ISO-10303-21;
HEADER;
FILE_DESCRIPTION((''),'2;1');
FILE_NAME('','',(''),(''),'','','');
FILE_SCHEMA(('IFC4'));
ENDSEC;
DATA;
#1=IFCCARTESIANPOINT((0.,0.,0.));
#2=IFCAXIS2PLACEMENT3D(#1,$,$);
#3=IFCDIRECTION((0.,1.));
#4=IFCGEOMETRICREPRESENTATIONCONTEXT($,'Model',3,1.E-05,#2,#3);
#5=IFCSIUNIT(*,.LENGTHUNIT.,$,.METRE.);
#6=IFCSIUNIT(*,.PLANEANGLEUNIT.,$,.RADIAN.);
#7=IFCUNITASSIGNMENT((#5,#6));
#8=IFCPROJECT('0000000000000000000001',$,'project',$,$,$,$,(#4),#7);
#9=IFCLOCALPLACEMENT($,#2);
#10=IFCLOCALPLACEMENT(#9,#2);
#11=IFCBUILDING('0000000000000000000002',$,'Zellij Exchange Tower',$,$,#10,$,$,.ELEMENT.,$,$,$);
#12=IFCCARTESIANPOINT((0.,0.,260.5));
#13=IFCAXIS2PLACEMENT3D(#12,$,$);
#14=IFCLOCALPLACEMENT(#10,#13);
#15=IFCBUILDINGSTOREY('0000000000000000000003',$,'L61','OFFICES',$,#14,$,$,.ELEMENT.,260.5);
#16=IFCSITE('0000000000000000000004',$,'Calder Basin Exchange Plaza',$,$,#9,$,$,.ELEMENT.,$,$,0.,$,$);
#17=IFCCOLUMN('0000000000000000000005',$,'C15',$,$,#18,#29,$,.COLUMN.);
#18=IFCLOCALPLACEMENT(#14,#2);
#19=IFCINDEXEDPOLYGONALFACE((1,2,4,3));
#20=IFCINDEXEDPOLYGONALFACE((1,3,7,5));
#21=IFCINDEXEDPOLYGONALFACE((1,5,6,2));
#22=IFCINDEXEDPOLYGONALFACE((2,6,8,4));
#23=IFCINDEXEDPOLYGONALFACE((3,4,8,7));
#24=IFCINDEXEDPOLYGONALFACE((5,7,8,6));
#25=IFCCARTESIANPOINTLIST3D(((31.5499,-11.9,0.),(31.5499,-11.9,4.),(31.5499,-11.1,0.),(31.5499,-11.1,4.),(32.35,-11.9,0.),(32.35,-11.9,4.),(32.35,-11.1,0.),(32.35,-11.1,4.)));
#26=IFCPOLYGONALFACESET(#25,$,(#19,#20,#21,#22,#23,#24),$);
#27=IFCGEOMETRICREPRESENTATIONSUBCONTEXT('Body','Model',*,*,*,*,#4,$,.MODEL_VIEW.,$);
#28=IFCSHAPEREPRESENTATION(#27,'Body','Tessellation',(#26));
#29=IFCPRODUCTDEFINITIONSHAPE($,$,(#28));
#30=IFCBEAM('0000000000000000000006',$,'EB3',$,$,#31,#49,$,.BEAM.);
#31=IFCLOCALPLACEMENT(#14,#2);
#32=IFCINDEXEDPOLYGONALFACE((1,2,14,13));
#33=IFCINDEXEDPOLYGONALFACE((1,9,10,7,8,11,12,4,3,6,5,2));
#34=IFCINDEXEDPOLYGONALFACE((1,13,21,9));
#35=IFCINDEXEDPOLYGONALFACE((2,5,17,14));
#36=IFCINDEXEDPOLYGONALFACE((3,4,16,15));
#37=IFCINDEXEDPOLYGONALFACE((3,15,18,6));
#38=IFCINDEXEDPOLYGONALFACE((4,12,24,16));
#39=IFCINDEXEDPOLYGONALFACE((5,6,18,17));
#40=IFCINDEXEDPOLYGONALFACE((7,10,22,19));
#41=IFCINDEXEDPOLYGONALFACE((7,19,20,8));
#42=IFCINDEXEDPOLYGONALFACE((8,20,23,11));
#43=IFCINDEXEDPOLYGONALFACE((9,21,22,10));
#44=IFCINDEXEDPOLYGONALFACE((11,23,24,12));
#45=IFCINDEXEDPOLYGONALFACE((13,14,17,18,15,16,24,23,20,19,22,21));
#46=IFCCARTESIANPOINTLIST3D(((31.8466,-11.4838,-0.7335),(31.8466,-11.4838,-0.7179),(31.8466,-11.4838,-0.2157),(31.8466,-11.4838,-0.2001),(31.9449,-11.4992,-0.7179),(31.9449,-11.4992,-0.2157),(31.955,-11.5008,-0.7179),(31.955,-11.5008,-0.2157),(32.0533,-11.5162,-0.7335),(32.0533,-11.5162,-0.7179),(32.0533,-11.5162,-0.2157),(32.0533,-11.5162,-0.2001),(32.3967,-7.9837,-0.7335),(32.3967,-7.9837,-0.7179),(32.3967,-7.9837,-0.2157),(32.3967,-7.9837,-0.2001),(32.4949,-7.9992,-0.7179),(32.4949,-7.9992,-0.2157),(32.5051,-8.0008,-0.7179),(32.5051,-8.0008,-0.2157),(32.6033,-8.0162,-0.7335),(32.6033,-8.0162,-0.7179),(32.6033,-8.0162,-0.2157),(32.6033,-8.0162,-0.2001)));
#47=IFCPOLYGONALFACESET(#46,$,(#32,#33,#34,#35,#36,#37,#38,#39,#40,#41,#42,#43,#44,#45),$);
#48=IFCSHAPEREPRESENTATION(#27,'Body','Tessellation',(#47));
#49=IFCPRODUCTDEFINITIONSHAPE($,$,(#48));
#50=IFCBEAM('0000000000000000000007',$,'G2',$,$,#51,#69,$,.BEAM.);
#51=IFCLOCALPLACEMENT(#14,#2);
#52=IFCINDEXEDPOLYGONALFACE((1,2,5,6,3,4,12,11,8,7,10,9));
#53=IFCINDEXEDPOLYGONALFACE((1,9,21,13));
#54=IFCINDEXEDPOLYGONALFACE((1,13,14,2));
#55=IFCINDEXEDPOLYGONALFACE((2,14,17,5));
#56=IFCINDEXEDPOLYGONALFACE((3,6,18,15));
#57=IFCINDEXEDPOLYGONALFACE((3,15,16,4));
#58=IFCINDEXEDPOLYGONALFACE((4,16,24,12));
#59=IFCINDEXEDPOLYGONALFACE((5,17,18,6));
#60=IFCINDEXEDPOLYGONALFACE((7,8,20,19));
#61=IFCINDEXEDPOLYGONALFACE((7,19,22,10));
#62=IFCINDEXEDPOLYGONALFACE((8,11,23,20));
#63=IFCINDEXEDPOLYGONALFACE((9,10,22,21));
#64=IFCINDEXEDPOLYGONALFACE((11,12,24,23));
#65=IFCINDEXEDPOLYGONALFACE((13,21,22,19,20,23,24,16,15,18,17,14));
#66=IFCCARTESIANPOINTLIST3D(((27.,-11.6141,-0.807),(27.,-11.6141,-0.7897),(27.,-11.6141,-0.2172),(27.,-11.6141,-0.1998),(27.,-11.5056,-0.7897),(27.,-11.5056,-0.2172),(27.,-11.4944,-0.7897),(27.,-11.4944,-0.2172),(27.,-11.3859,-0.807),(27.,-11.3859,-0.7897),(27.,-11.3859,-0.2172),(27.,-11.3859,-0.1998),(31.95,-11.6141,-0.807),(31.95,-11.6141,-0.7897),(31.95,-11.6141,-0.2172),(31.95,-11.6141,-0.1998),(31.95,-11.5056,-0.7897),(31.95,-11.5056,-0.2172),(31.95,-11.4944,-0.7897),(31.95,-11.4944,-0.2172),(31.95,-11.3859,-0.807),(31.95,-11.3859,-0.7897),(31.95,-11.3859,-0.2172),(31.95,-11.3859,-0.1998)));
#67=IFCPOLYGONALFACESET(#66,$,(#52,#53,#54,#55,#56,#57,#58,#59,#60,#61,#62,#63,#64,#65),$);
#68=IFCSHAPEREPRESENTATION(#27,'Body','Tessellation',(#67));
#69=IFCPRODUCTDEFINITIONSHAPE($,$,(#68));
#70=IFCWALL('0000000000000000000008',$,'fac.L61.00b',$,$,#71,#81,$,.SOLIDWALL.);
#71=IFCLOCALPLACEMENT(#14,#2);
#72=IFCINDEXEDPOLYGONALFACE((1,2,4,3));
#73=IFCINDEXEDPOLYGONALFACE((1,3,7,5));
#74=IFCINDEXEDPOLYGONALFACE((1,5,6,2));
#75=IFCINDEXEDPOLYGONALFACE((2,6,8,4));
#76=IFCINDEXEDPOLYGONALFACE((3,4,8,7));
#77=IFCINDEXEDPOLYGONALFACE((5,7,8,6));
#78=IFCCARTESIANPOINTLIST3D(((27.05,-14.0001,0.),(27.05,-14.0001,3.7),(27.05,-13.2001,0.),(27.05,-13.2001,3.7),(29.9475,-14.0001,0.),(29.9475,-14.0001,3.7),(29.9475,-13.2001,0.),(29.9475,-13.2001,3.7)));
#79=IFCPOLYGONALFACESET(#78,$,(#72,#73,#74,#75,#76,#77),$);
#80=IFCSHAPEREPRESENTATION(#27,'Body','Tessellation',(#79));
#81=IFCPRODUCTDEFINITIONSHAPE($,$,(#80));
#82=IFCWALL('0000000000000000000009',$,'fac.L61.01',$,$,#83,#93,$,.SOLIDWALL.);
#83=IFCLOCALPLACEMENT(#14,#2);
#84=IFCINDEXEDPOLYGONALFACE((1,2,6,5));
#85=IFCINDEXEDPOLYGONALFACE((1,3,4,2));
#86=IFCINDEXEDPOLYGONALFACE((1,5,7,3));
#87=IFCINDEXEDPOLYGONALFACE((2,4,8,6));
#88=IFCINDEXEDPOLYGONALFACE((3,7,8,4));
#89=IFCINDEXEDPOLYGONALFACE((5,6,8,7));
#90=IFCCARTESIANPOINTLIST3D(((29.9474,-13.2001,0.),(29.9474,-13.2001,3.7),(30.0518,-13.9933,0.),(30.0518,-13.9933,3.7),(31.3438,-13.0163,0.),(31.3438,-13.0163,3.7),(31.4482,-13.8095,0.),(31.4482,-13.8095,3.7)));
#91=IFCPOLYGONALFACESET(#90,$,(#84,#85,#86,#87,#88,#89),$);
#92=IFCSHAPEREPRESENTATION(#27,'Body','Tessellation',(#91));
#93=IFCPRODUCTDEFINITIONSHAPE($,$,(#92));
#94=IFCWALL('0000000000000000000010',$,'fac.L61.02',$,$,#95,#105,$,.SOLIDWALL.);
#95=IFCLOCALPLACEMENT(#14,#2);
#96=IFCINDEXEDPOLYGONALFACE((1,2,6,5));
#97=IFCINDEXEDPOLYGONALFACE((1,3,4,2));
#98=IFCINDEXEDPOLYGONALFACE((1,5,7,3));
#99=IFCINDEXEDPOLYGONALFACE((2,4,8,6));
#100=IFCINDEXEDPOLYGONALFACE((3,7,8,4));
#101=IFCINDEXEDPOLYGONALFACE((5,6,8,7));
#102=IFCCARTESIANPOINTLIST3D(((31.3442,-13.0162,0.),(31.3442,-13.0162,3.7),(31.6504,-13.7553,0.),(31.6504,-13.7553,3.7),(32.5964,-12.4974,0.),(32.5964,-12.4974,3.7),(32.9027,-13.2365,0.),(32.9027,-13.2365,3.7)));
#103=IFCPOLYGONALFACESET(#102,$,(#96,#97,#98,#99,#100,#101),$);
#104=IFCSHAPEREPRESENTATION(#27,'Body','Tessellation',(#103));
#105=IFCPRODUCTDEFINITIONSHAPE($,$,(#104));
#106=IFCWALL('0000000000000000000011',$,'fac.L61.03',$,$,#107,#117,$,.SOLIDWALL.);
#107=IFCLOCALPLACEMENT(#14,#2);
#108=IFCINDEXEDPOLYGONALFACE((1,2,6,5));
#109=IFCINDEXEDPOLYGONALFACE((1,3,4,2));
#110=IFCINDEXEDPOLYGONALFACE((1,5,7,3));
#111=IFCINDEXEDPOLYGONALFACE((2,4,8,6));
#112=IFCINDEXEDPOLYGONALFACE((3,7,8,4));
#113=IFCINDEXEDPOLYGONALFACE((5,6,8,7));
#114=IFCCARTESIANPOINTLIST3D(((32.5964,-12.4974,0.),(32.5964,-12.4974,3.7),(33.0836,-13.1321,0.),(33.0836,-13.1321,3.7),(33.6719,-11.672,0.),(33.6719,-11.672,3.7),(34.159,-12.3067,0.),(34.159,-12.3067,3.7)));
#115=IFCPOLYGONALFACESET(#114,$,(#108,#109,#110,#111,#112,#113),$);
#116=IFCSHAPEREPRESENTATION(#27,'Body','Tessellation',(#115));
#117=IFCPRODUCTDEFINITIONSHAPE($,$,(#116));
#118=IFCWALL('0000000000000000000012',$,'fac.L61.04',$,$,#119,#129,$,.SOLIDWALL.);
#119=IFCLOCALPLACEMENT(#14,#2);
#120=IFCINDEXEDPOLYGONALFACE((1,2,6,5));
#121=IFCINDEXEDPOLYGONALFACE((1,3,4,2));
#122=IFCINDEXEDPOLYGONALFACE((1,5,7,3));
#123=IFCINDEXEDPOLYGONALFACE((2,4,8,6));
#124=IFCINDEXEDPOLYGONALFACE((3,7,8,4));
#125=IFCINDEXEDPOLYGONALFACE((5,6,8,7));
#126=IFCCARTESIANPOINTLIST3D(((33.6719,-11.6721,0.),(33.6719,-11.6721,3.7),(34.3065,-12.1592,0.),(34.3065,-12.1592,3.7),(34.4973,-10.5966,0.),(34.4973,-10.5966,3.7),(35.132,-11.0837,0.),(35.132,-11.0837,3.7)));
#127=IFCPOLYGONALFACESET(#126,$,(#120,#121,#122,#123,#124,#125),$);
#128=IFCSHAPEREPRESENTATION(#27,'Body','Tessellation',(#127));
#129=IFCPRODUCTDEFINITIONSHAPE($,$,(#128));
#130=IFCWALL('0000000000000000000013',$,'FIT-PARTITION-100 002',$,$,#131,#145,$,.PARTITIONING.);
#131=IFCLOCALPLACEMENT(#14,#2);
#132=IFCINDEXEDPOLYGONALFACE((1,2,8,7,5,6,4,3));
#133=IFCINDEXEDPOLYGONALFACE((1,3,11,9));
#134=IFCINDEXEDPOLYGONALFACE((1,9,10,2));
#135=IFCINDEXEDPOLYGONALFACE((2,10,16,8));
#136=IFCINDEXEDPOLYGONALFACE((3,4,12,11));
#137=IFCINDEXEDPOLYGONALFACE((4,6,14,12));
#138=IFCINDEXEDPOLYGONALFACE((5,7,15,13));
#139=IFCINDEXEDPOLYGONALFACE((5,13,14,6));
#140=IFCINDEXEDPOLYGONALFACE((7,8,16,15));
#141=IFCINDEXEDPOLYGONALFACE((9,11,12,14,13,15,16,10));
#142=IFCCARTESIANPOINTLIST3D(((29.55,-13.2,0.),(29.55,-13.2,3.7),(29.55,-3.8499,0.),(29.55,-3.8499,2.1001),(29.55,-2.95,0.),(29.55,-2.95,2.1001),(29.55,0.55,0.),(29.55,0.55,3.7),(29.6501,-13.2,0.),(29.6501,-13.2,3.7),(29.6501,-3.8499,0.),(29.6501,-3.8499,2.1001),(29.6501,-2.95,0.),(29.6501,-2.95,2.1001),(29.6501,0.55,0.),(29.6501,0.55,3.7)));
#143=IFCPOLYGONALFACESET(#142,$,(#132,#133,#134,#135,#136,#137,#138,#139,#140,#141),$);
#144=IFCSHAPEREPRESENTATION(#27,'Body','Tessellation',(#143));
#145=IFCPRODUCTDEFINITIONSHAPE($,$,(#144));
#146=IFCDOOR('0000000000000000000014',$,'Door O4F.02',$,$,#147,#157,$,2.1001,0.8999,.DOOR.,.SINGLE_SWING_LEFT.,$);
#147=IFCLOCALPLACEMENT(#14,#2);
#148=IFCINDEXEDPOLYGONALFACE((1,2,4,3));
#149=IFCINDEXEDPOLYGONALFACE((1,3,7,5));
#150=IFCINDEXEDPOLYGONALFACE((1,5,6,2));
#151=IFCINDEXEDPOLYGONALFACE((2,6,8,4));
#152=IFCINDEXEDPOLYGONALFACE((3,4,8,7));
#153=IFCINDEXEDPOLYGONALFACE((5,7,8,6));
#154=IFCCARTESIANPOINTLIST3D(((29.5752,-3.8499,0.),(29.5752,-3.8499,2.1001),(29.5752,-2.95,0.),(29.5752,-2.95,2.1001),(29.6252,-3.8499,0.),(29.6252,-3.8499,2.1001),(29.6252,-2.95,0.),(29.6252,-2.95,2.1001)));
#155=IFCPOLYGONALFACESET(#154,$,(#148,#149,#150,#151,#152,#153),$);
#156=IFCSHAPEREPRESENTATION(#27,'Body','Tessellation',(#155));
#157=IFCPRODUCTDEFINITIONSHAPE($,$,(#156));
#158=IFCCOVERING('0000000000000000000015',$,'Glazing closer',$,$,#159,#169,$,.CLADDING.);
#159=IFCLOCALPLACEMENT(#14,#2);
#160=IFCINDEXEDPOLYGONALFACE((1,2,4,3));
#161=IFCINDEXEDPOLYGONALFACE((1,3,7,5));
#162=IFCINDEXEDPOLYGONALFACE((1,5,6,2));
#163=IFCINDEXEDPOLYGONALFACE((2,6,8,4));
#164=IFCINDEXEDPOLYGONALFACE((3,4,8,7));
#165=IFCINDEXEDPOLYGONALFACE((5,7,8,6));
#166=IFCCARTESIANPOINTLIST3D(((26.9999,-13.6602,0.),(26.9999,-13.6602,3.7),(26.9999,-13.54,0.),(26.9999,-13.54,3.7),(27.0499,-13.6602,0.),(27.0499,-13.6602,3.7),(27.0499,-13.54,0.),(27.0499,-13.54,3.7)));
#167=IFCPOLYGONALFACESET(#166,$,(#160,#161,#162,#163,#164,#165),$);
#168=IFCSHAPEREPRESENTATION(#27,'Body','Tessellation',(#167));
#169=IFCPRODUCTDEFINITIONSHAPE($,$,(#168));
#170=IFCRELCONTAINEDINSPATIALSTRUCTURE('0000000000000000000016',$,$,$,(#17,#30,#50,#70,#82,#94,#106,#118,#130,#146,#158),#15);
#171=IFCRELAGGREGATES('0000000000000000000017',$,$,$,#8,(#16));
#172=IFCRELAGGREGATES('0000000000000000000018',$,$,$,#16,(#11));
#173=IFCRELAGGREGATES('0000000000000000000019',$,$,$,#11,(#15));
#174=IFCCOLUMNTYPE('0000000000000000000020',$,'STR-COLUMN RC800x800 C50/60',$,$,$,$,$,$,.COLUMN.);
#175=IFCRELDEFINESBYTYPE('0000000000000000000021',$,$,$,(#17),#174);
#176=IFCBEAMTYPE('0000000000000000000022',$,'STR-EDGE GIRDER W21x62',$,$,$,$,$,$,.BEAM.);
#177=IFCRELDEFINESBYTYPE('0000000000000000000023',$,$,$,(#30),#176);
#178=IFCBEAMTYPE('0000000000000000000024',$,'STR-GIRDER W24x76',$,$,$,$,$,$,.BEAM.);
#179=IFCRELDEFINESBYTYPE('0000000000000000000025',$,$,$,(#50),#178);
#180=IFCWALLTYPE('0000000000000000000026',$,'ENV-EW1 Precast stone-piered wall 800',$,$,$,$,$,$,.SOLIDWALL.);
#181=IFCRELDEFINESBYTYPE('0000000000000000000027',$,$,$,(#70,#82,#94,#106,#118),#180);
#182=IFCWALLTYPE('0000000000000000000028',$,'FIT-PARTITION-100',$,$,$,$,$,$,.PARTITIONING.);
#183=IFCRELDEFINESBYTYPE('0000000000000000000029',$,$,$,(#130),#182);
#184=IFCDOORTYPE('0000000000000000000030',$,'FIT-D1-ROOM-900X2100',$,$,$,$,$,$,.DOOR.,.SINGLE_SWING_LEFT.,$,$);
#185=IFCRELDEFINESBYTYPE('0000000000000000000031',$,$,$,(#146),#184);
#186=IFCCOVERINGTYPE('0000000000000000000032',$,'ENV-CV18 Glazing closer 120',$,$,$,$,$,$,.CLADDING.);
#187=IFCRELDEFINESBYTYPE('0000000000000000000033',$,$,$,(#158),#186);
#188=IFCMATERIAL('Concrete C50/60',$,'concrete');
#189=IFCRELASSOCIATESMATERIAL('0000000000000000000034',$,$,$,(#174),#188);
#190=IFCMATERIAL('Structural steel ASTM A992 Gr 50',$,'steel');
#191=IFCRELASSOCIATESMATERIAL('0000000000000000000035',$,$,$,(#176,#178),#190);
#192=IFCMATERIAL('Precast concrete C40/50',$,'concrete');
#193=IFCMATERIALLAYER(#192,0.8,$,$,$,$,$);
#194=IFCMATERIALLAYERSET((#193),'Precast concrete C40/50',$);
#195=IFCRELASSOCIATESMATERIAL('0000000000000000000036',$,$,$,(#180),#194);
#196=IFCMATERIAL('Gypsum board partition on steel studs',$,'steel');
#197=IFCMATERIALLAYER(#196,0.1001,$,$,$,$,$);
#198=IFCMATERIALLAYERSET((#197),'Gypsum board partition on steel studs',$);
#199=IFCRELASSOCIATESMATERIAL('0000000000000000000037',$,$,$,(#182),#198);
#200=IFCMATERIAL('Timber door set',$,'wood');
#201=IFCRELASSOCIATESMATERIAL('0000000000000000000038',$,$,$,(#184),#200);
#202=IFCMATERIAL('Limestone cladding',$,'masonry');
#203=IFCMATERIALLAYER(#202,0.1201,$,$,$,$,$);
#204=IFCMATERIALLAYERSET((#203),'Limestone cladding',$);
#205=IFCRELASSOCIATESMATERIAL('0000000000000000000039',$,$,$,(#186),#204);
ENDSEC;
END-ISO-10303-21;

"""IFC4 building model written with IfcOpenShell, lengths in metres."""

from ifc_helpers import new_model, si_unit, direction, frame, frame_2d, origin, origin_2d, place, context, subcontext, project, spatial, rectangle, i_section, extrude, material, layer, layer_set, material_profile, profile_set, type_object, element, fill, save


model = new_model("IFC4")

# Units and contexts
model_context = context("Model", 3, precision=1e-05, world=origin(), true_north=direction((0.0, 1.0)))
body_context = subcontext(model_context, "Body", "Model", "MODEL_VIEW")
ifc_project = project(units=[si_unit("LENGTHUNIT", "METRE"), si_unit("PLANEANGLEUNIT", "RADIAN")], contexts=[model_context])

# Site, building, storey
site_placement = place(None, origin())
site = spatial("IfcSite", under=ifc_project, at=site_placement, Name="Calder Basin Exchange Plaza", CompositionType="ELEMENT", RefElevation=0.0)
building_placement = place(site_placement, origin())
building = spatial("IfcBuilding", under=site, at=building_placement, Name="Zellij Exchange Tower", CompositionType="ELEMENT")
storey_placement = place(building_placement, frame((0.0, 0.0, 260.5)))
storey = spatial("IfcBuildingStorey", under=building, at=storey_placement, Name="L61", Description="OFFICES", CompositionType="ELEMENT", Elevation=260.5)

# Column
ifc_material_1 = material(Name="Concrete C50/60", Category="concrete")
ifc_material_profile_1 = material_profile(ifc_material_1, rectangle(XDim=0.8, YDim=0.8, at=origin_2d()), Name="STR-COLUMN RC800x800 C50/60")
ifc_profile_set_1 = profile_set([ifc_material_profile_1], Name="Concrete C50/60")
column_type = type_object("IfcColumnType", Name="STR-COLUMN RC800x800 C50/60", PredefinedType="COLUMN", material=ifc_profile_set_1)
column_placement = place(storey_placement, frame((31.95, -11.5, 0.0), z_axis=(0.0, 0.0, 1.0), x_axis=(1.0, 0.0, 0.0)))
element("IfcColumn", 1, at=column_placement, inside=storey, type_object=column_type, Name="C15", PredefinedType="COLUMN", context=body_context, shape_type="SweptSolid", body=[
    extrude(rectangle(XDim=0.8, YDim=0.8, at=origin_2d()), origin(), (0.0, 0.0, 1.0), 4.0),
])

# Beams
ifc_material_2 = material(Name="Structural steel ASTM A992 Gr 50", Category="steel")
ifc_material_profile_2 = material_profile(ifc_material_2, i_section(OverallWidth=0.2092, OverallDepth=0.5334, WebThickness=0.0103, FlangeThickness=0.0156, at=origin_2d()), Name="W21x62")
ifc_profile_set_2 = profile_set([ifc_material_profile_2], Name="Structural steel ASTM A992 Gr 50")
beam_type_1 = type_object("IfcBeamType", Name="STR-EDGE GIRDER W21x62", PredefinedType="BEAM", material=ifc_profile_set_2)
beam_1_placement = place(storey_placement, frame((31.95, -11.5, -0.4668), z_axis=(0.155251, 0.987875, 0.0), x_axis=(-0.987875, 0.155251, 0.0)))
element("IfcBeam", 2, at=beam_1_placement, inside=storey, type_object=beam_type_1, Name="EB3", PredefinedType="BEAM", context=body_context, shape_type="SweptSolid", body=[
    extrude(i_section(OverallWidth=0.2092, OverallDepth=0.5334, WebThickness=0.0103, FlangeThickness=0.0156, at=origin_2d()), origin(), (0.0, 0.0, 1.0), 3.543),
])
ifc_material_profile_3 = material_profile(ifc_material_2, i_section(OverallWidth=0.2283, OverallDepth=0.6072, WebThickness=0.0112, FlangeThickness=0.0173, at=origin_2d()), Name="W24x76")
ifc_profile_set_3 = profile_set([ifc_material_profile_3], Name="Structural steel ASTM A992 Gr 50")
beam_type_2 = type_object("IfcBeamType", Name="STR-GIRDER W24x76", PredefinedType="BEAM", material=ifc_profile_set_3)
beam_2_placement = place(storey_placement, frame((27.0, -11.5, -0.5034), z_axis=(1.0, 0.0, 0.0), x_axis=(0.0, 1.0, 0.0)))
element("IfcBeam", 3, at=beam_2_placement, inside=storey, type_object=beam_type_2, Name="G2", PredefinedType="BEAM", context=body_context, shape_type="SweptSolid", body=[
    extrude(i_section(OverallWidth=0.2283, OverallDepth=0.6072, WebThickness=0.0112, FlangeThickness=0.0173, at=origin_2d()), origin(), (0.0, 0.0, 1.0), 4.95),
])

# Walls
ifc_material_3 = material(Name="Precast concrete C40/50", Category="concrete")
ifc_layer_1 = layer(ifc_material_3, 0.8)
ifc_layer_set_1 = layer_set([ifc_layer_1], Name="Precast concrete C40/50")
wall_type_1 = type_object("IfcWallType", Name="ENV-EW1 Precast stone-piered wall 800", PredefinedType="SOLIDWALL", material=ifc_layer_set_1)
wall_1_placement = place(storey_placement, frame((27.05, -13.6001, 0.0), z_axis=(0.0, 0.0, 1.0), x_axis=(1.0, 0.0, 0.0)))
element("IfcWall", 4, at=wall_1_placement, inside=storey, type_object=wall_type_1, Name="fac.L61.00b", PredefinedType="SOLIDWALL", context=body_context, shape_type="SweptSolid", body=[
    extrude(rectangle(XDim=2.8975, YDim=0.8, at=frame_2d((1.4487, 0.0))), origin(), (0.0, 0.0, 1.0), 3.7),
])
wall_2_placement = place(storey_placement, frame((29.9998, -13.5967, 0.0), z_axis=(0.0, 0.0, 1.0), x_axis=(0.991446, 0.130517, 0.0)))
element("IfcWall", 5, at=wall_2_placement, inside=storey, type_object=wall_type_1, Name="fac.L61.01", PredefinedType="SOLIDWALL", context=body_context, shape_type="SweptSolid", body=[
    extrude(rectangle(XDim=1.4084, YDim=0.8, at=frame_2d((0.7041, 0.0))), origin(), (0.0, 0.0, 1.0), 3.7),
])
wall_3_placement = place(storey_placement, frame((31.4973, -13.3857, 0.0), z_axis=(0.0, 0.0, 1.0), x_axis=(0.923848, 0.38276, 0.0)))
element("IfcWall", 6, at=wall_3_placement, inside=storey, type_object=wall_type_1, Name="fac.L61.02", PredefinedType="SOLIDWALL", context=body_context, shape_type="SweptSolid", body=[
    extrude(rectangle(XDim=1.3555, YDim=0.8, at=frame_2d((0.6777, 0.0))), origin(), (0.0, 0.0, 1.0), 3.7),
])
for number, where, z_axis, x_axis, name in (
    (7, (32.8401, -12.8147, 0.0), (0.0, 0.0, 1.0), (0.793273, 0.608866, 0.0), "fac.L61.03"),
    (8, (33.9893, -11.9155, 0.0), (0.0, 0.0, 1.0), (0.608866, 0.793273, 0.0), "fac.L61.04"),
):
    element("IfcWall", number, at=place(storey_placement, frame(where, z_axis=z_axis, x_axis=x_axis)), inside=storey, type_object=wall_type_1, Name=name, PredefinedType="SOLIDWALL", context=body_context, shape_type="SweptSolid", body=[
        extrude(rectangle(XDim=1.3557, YDim=0.8, at=frame_2d((0.6777, 0.0))), origin(), (0.0, 0.0, 1.0), 3.7),
    ])

# Wall, opening, door
ifc_material_4 = material(Name="Gypsum board partition on steel studs", Category="steel")
ifc_layer_2 = layer(ifc_material_4, 0.1001)
ifc_layer_set_2 = layer_set([ifc_layer_2], Name="Gypsum board partition on steel studs")
wall_type_2 = type_object("IfcWallType", Name="FIT-PARTITION-100", PredefinedType="PARTITIONING", material=ifc_layer_set_2)
wall_4_placement = place(storey_placement, frame((29.6001, -13.2, 0.0), z_axis=(0.0, 0.0, 1.0), x_axis=(0.0, 1.0, 0.0)))
wall_4 = element("IfcWall", 9, at=wall_4_placement, inside=storey, type_object=wall_type_2, Name="FIT-PARTITION-100 002", PredefinedType="PARTITIONING", context=body_context, shape_type="SweptSolid", body=[
    extrude(rectangle(XDim=13.75, YDim=0.1001, at=frame_2d((6.875, 0.0))), origin(), (0.0, 0.0, 1.0), 3.7),
])
opening_placement = place(wall_4_placement, frame((9.3501, 0.0, 0.0)))
opening = element("IfcOpeningElement", 10, at=opening_placement, cuts=wall_4, PredefinedType="OPENING", context=body_context, shape_type="SweptSolid", body=[
    extrude(rectangle(XDim=0.8999, YDim=2.1001, at=frame_2d((0.45, 1.05))), frame((0.0, 0.062, 0.0), z_axis=(0.0, -1.0, 0.0), x_axis=(1.0, 0.0, 0.0)), (0.0, 0.0, 1.0), 0.124),
])
ifc_material_5 = material(Name="Timber door set", Category="wood")
door_type = type_object("IfcDoorType", Name="FIT-D1-ROOM-900X2100", OperationType="SINGLE_SWING_LEFT", PredefinedType="DOOR", material=ifc_material_5)
door_placement = place(opening_placement, origin())
door = element("IfcDoor", 11, at=door_placement, inside=storey, type_object=door_type, Name="Door O4F.02", OperationType="SINGLE_SWING_LEFT", OverallHeight=2.1001, OverallWidth=0.8999, PredefinedType="DOOR", context=body_context, shape_type="SweptSolid", body=[
    extrude(rectangle(XDim=0.8999, YDim=2.1001, at=frame_2d((0.45, 1.05))), frame((0.0, 0.0249, 0.0), z_axis=(0.0, -1.0, 0.0), x_axis=(1.0, 0.0, 0.0)), (0.0, 0.0, 1.0), 0.05),
])
fill(opening, door)

# Covering
ifc_material_6 = material(Name="Limestone cladding", Category="masonry")
ifc_layer_3 = layer(ifc_material_6, 0.1201)
ifc_layer_set_3 = layer_set([ifc_layer_3], Name="Limestone cladding")
covering_type = type_object("IfcCoveringType", Name="ENV-CV18 Glazing closer 120", PredefinedType="CLADDING", material=ifc_layer_set_3)
covering_placement = place(storey_placement, frame((27.0249, -13.6001, 0.0), z_axis=(0.0, 0.0, 1.0), x_axis=(-1.0, 0.0, 0.0)))
element("IfcCovering", 12, at=covering_placement, inside=storey, type_object=covering_type, Name="Glazing closer", PredefinedType="CLADDING", context=body_context, shape_type="SweptSolid", body=[
    extrude(rectangle(XDim=0.05, YDim=0.1201, at=origin_2d()), origin(), (0.0, 0.0, 1.0), 3.7),
])

save(model, "model.ifc")
